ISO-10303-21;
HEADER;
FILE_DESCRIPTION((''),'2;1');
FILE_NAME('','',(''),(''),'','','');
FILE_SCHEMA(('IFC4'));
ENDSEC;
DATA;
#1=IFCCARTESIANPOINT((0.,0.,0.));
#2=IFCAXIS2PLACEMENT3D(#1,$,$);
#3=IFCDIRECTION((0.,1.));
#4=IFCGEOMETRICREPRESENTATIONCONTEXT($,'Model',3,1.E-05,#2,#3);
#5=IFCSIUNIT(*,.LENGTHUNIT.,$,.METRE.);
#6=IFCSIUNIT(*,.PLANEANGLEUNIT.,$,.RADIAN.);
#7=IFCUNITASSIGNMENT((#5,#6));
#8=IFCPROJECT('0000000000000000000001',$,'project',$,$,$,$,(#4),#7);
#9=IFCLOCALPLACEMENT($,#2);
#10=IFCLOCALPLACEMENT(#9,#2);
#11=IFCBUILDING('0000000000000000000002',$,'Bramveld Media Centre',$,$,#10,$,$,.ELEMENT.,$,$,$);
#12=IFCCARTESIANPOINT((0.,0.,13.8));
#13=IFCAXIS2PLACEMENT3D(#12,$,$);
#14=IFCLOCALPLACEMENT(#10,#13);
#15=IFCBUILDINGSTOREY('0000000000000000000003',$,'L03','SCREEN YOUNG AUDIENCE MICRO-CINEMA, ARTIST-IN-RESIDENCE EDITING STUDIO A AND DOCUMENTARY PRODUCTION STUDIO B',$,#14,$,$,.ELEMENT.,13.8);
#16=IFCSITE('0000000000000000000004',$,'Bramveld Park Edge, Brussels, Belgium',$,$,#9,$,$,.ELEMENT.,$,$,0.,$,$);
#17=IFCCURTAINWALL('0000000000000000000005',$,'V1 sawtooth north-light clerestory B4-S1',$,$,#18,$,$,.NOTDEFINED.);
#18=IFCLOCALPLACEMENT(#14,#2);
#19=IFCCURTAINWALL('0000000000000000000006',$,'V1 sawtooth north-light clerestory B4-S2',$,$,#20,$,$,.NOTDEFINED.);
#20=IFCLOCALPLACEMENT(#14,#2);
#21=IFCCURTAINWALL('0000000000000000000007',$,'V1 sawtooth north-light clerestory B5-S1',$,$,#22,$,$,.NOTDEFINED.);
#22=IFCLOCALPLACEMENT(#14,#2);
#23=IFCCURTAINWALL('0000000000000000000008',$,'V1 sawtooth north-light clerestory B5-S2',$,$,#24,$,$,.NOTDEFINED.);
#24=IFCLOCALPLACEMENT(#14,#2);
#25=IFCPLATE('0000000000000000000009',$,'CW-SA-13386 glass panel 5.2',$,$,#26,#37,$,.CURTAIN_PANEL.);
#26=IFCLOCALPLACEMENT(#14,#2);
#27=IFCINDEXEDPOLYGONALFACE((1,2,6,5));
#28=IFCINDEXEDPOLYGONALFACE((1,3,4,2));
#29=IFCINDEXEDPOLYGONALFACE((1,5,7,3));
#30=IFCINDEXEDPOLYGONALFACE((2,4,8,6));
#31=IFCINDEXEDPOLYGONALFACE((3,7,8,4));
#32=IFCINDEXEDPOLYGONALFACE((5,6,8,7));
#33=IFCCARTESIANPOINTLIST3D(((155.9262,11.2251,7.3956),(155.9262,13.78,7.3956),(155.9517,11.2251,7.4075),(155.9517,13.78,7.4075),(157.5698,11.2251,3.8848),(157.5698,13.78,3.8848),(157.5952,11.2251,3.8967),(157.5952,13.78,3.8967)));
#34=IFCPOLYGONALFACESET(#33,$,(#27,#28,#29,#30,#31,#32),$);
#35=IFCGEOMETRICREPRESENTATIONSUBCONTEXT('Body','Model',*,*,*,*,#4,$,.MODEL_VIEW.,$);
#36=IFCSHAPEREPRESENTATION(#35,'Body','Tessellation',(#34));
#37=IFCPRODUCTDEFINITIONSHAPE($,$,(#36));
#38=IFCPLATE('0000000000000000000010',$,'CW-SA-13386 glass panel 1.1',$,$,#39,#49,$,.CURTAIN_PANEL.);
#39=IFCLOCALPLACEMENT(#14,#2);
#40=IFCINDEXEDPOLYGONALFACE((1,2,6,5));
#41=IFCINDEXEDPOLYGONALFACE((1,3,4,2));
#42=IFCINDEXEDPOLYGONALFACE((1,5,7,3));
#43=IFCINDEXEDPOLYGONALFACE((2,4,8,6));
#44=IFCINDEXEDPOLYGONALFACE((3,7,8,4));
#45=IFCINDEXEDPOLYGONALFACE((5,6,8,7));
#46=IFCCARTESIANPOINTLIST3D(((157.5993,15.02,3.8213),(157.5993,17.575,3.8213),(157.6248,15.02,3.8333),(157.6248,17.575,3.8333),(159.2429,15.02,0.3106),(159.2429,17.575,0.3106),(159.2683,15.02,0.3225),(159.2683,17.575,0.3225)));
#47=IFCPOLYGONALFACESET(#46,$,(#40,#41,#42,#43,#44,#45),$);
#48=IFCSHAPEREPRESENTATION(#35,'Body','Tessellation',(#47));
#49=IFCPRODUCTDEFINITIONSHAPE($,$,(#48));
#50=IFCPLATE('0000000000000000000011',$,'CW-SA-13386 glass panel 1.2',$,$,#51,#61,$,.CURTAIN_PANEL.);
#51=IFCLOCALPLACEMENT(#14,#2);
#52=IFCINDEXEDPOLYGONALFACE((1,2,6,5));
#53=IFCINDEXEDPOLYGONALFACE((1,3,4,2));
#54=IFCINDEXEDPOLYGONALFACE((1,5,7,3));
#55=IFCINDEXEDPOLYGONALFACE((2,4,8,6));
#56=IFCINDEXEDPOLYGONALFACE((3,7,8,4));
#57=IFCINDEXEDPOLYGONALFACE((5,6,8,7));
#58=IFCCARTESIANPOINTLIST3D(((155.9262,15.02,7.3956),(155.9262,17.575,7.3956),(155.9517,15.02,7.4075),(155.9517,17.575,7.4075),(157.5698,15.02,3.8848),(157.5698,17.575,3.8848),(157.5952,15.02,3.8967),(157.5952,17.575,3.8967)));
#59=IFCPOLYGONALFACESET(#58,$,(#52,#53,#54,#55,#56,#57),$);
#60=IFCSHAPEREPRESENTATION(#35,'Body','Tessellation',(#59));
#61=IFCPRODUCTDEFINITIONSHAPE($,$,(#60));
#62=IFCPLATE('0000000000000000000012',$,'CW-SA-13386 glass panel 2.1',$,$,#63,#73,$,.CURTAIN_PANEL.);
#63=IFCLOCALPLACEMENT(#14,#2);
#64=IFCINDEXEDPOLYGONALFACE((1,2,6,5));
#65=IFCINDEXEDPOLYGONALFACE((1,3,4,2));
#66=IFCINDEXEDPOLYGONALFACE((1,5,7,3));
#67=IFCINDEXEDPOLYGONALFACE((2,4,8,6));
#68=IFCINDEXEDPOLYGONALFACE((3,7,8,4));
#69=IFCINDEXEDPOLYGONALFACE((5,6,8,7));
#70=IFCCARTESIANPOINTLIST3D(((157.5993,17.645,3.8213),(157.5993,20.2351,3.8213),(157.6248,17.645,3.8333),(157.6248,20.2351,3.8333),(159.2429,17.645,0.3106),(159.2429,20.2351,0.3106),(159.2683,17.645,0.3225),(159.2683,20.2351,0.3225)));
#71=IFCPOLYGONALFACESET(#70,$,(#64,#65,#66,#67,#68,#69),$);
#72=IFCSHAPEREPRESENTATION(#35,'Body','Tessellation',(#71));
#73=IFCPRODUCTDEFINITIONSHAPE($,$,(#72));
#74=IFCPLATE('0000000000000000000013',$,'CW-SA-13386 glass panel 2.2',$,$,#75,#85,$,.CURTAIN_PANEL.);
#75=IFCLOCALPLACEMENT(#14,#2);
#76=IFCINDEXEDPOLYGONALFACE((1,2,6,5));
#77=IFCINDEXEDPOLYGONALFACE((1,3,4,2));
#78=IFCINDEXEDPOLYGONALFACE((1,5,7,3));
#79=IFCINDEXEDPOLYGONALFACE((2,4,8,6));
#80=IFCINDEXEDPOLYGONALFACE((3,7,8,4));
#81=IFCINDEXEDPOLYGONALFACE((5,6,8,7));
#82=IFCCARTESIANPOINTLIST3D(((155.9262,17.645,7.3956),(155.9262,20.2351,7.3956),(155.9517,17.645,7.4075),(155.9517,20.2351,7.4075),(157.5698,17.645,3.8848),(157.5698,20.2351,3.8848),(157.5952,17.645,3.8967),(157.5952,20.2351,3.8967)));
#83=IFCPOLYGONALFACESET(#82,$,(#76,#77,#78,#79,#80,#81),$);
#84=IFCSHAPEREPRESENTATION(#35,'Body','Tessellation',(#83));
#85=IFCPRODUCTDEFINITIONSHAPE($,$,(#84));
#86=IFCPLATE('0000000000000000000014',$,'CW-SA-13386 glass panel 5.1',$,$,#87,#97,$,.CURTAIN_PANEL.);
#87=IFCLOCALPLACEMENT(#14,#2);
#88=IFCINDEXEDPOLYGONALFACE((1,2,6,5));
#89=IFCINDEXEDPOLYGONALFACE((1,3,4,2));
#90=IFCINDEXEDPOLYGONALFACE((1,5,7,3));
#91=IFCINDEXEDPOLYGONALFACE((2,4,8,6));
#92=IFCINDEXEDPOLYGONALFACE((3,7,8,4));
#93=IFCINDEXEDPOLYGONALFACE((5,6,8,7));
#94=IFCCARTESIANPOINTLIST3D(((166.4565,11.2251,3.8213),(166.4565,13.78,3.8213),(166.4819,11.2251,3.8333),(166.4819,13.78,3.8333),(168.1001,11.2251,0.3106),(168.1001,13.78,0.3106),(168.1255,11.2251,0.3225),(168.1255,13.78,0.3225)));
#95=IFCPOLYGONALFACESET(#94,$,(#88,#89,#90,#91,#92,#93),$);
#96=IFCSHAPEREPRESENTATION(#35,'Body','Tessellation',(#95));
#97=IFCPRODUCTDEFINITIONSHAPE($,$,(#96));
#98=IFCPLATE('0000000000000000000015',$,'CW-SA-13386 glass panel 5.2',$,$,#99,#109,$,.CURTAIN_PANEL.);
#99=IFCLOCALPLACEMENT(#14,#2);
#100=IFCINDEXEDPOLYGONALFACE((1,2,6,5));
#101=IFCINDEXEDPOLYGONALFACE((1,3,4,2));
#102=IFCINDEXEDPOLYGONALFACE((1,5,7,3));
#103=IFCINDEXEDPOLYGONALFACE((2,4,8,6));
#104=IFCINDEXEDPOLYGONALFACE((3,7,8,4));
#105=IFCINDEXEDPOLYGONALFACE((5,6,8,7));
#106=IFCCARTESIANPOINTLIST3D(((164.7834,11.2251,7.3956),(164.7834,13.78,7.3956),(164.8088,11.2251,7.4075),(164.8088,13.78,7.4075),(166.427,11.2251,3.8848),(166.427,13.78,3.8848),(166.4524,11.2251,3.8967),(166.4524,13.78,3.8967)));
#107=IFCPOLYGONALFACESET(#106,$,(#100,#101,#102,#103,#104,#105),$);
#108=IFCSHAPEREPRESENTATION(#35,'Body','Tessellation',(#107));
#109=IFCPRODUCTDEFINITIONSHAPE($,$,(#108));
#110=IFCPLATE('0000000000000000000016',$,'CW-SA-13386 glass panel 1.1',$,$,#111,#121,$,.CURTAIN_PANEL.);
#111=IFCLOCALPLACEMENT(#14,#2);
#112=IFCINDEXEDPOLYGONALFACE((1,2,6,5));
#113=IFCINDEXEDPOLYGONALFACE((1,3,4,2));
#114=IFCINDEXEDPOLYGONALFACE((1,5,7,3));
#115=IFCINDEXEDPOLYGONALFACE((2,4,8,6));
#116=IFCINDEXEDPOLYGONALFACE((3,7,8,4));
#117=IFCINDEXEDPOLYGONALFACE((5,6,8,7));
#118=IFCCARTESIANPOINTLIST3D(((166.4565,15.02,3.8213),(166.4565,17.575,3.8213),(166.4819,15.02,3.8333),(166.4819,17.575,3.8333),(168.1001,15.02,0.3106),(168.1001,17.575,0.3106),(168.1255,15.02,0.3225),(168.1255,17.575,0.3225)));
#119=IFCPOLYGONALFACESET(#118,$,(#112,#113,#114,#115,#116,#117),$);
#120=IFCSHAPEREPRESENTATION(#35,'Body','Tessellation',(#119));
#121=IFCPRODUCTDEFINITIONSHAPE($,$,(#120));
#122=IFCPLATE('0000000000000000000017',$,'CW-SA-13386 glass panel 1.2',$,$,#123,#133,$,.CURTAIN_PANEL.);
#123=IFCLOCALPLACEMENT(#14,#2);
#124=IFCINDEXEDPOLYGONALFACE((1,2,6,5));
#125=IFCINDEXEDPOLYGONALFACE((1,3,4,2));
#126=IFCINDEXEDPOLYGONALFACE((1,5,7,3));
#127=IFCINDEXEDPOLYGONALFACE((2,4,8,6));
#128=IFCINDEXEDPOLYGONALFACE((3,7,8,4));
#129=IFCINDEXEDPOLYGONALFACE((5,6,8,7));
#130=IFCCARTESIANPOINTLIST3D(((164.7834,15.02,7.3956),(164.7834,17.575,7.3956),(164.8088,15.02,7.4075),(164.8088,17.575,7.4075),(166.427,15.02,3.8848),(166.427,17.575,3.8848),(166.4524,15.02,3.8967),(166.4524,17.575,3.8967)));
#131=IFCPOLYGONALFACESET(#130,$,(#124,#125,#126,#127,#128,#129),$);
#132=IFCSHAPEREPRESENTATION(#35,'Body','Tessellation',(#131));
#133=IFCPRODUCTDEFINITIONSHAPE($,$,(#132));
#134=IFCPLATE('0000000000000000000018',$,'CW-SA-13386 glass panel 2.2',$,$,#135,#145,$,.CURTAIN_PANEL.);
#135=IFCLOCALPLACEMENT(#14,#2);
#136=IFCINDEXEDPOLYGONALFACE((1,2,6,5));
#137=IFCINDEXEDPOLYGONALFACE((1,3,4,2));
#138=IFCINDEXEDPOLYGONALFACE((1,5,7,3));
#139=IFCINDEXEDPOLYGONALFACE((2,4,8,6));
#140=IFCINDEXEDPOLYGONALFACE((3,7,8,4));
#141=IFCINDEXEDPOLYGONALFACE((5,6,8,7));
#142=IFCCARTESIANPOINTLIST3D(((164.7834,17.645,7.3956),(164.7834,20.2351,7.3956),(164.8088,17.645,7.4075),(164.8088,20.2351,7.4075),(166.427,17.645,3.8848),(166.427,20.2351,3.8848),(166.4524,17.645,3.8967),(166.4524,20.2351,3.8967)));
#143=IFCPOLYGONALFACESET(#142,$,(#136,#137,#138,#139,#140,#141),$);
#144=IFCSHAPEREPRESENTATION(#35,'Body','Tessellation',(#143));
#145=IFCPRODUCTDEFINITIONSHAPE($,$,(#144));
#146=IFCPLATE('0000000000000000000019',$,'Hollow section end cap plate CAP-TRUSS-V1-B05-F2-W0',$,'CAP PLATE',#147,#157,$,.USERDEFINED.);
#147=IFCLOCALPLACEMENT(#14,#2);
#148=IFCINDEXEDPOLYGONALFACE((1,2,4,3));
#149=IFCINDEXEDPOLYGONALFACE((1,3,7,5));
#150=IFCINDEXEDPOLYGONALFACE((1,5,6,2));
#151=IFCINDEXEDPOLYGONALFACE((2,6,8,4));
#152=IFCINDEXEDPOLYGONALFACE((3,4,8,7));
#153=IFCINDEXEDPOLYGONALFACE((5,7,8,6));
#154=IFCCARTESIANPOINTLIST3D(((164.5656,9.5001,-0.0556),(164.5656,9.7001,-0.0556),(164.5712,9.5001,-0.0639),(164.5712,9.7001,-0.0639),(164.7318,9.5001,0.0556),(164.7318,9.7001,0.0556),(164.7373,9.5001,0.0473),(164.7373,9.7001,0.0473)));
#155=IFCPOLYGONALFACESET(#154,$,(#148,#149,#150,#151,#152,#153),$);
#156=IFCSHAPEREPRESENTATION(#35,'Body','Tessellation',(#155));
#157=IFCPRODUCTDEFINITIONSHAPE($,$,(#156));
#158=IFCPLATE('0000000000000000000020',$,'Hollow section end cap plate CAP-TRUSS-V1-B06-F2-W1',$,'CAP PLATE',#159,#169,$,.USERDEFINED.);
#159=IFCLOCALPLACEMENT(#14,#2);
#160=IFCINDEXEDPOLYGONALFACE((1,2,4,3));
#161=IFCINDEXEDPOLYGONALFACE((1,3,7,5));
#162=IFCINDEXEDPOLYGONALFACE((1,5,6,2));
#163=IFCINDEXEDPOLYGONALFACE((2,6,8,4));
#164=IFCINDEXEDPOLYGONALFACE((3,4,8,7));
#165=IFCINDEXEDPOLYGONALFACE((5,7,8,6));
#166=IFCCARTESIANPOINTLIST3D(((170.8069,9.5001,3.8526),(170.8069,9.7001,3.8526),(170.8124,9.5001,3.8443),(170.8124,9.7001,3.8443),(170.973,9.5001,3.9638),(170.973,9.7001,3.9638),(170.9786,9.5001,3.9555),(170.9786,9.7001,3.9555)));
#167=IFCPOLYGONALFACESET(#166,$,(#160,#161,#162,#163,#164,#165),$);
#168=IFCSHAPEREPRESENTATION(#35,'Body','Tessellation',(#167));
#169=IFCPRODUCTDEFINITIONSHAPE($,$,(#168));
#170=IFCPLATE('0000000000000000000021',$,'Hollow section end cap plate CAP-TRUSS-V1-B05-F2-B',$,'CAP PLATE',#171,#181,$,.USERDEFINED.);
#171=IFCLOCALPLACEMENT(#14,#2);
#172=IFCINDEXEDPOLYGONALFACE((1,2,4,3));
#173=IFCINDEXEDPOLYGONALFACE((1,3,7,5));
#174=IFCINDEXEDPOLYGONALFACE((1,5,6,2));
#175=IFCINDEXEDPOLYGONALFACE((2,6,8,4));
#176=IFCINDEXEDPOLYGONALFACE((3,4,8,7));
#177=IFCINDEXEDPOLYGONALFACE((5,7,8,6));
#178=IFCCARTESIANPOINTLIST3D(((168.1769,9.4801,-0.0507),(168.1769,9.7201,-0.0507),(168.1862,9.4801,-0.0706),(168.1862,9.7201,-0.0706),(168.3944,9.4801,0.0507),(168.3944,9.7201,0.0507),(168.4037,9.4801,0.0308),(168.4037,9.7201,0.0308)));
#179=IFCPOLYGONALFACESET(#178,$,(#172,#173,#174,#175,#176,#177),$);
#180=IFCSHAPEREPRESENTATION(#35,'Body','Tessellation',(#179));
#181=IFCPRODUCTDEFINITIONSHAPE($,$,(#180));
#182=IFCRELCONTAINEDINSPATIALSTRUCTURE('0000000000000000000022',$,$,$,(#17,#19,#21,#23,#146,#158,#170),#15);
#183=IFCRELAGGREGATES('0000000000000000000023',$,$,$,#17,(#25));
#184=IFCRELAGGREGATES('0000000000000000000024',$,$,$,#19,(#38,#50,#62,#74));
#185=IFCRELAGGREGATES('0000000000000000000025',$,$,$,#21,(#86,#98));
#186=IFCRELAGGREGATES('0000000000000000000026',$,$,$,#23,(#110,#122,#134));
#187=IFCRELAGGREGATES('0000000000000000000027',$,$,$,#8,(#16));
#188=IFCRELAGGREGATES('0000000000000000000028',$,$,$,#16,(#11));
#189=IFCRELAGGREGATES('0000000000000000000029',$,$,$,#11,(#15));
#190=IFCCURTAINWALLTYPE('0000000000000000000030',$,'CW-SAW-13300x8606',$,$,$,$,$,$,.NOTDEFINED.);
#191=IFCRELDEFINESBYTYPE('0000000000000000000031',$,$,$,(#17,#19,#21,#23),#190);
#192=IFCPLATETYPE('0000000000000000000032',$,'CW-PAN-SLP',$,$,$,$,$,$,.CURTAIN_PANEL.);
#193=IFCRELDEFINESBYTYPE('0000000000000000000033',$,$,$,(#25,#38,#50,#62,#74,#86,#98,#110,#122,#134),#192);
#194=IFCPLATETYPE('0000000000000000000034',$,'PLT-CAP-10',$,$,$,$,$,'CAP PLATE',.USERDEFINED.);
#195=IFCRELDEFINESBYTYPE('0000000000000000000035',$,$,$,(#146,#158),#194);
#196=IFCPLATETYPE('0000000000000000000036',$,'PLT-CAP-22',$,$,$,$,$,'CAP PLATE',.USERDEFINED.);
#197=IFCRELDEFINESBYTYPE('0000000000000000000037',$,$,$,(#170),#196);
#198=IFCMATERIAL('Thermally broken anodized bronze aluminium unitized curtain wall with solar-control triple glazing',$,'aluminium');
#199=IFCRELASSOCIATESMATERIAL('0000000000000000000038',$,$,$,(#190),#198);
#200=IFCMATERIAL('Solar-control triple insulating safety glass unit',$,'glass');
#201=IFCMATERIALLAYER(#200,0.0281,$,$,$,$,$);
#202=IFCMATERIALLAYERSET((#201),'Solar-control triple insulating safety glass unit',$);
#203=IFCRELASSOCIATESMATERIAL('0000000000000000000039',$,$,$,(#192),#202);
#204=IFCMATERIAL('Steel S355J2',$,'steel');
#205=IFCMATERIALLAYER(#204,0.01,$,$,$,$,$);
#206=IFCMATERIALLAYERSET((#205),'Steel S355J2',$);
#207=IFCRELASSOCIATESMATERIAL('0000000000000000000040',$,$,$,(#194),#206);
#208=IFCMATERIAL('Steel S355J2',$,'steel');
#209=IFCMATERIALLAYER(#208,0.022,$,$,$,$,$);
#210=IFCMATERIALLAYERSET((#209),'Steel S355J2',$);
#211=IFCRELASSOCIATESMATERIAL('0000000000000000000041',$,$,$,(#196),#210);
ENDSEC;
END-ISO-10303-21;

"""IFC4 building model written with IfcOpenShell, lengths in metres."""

from ifc_helpers import new_model, si_unit, direction, frame, origin, origin_2d, place, context, subcontext, project, spatial, polyline, rectangle, outline, extrude, material, layer, layer_set, type_object, element, aggregate, save


model = new_model("IFC4")

# Units and contexts
model_context = context("Model", 3, precision=1e-05, world=origin(), true_north=direction((0.0, 1.0)))
body_context = subcontext(model_context, "Body", "Model", "MODEL_VIEW")
ifc_project = project(units=[si_unit("LENGTHUNIT", "METRE"), si_unit("PLANEANGLEUNIT", "RADIAN")], contexts=[model_context])

# Site, building, storey
site_placement = place(None, origin())
site = spatial("IfcSite", under=ifc_project, at=site_placement, Name="Bramveld Park Edge, Brussels, Belgium", CompositionType="ELEMENT", RefElevation=0.0)
building_placement = place(site_placement, origin())
building = spatial("IfcBuilding", under=site, at=building_placement, Name="Bramveld Media Centre", CompositionType="ELEMENT")
storey_placement = place(building_placement, frame((0.0, 0.0, 13.8)))
storey = spatial("IfcBuildingStorey", under=building, at=storey_placement, Name="L03", Description="SCREEN YOUNG AUDIENCE MICRO-CINEMA, ARTIST-IN-RESIDENCE EDITING STUDIO A AND DOCUMENTARY PRODUCTION STUDIO B", CompositionType="ELEMENT", Elevation=13.8)

# Curtain walls
ifc_material_1 = material(Name="Thermally broken anodized bronze aluminium unitized curtain wall with solar-control triple glazing", Category="aluminium")
curtain_wall_type = type_object("IfcCurtainWallType", Name="CW-SAW-13300x8606", PredefinedType="NOTDEFINED", material=ifc_material_1)
curtain_wall_1_placement = place(storey_placement, origin())
curtain_wall_1 = element("IfcCurtainWall", 1, at=curtain_wall_1_placement, inside=storey, type_object=curtain_wall_type, Name="V1 sawtooth north-light clerestory B4-S1", PredefinedType="NOTDEFINED")
curtain_wall_2_placement = place(storey_placement, origin())
curtain_wall_2 = element("IfcCurtainWall", 2, at=curtain_wall_2_placement, inside=storey, type_object=curtain_wall_type, Name="V1 sawtooth north-light clerestory B4-S2", PredefinedType="NOTDEFINED")
curtain_wall_3_placement = place(storey_placement, origin())
curtain_wall_3 = element("IfcCurtainWall", 3, at=curtain_wall_3_placement, inside=storey, type_object=curtain_wall_type, Name="V1 sawtooth north-light clerestory B5-S1", PredefinedType="NOTDEFINED")
curtain_wall_4_placement = place(storey_placement, origin())
curtain_wall_4 = element("IfcCurtainWall", 4, at=curtain_wall_4_placement, inside=storey, type_object=curtain_wall_type, Name="V1 sawtooth north-light clerestory B5-S2", PredefinedType="NOTDEFINED")

# Plates
ifc_material_2 = material(Name="Solar-control triple insulating safety glass unit", Category="glass")
ifc_layer_1 = layer(ifc_material_2, 0.0281)
ifc_layer_set_1 = layer_set([ifc_layer_1], Name="Solar-control triple insulating safety glass unit")
plate_type_1 = type_object("IfcPlateType", Name="CW-PAN-SLP", PredefinedType="CURTAIN_PANEL", material=ifc_layer_set_1)
plate_1_placement = place(storey_placement, frame((157.5952, 11.2251, 3.8967), z_axis=(0.905668, 0.0, 0.423988), x_axis=(0.0, 1.0, 0.0)))
plate_1 = element("IfcPlate", 5, at=plate_1_placement, type_object=plate_type_1, Name="CW-SA-13386 glass panel 5.2", PredefinedType="CURTAIN_PANEL", context=body_context, shape_type="SweptSolid", body=[
    extrude(outline(polyline([(0.0, 0.0), (2.5549, 0.0), (2.5549, 3.8764), (0.0, 3.8764), (0.0, 0.0)])), origin(), (0.0, 0.0, -1.0), 0.0281),
])
aggregate(curtain_wall_1, [plate_1])
plate_2_placement = place(storey_placement, frame((159.2683, 15.02, 0.3225), z_axis=(0.905668, 0.0, 0.423988), x_axis=(0.0, 1.0, 0.0)))
plate_2 = element("IfcPlate", 6, at=plate_2_placement, type_object=plate_type_1, Name="CW-SA-13386 glass panel 1.1", PredefinedType="CURTAIN_PANEL", context=body_context, shape_type="SweptSolid", body=[
    extrude(outline(polyline([(0.0, 0.0), (2.5549, 0.0), (2.5549, 3.8764), (0.0, 3.8764), (0.0, 0.0)])), origin(), (0.0, 0.0, -1.0), 0.0281),
])
plate_3_placement = place(storey_placement, frame((157.5952, 15.02, 3.8967), z_axis=(0.905668, 0.0, 0.423988), x_axis=(0.0, 1.0, 0.0)))
plate_3 = element("IfcPlate", 7, at=plate_3_placement, type_object=plate_type_1, Name="CW-SA-13386 glass panel 1.2", PredefinedType="CURTAIN_PANEL", context=body_context, shape_type="SweptSolid", body=[
    extrude(outline(polyline([(0.0, 0.0), (2.5549, 0.0), (2.5549, 3.8764), (0.0, 3.8764), (0.0, 0.0)])), origin(), (0.0, 0.0, -1.0), 0.0281),
])
plate_4_placement = place(storey_placement, frame((159.2683, 17.645, 0.3225), z_axis=(0.905668, 0.0, 0.423988), x_axis=(0.0, 1.0, 0.0)))
plate_4 = element("IfcPlate", 8, at=plate_4_placement, type_object=plate_type_1, Name="CW-SA-13386 glass panel 2.1", PredefinedType="CURTAIN_PANEL", context=body_context, shape_type="SweptSolid", body=[
    extrude(outline(polyline([(0.0, 0.0), (2.5901, 0.0), (2.5901, 3.8764), (0.0, 3.8764), (0.0, 0.0)])), origin(), (0.0, 0.0, -1.0), 0.0281),
])
plate_5_placement = place(storey_placement, frame((157.5952, 17.645, 3.8967), z_axis=(0.905668, 0.0, 0.423988), x_axis=(0.0, 1.0, 0.0)))
plate_5 = element("IfcPlate", 9, at=plate_5_placement, type_object=plate_type_1, Name="CW-SA-13386 glass panel 2.2", PredefinedType="CURTAIN_PANEL", context=body_context, shape_type="SweptSolid", body=[
    extrude(outline(polyline([(0.0, 0.0), (2.5901, 0.0), (2.5901, 3.8764), (0.0, 3.8764), (0.0, 0.0)])), origin(), (0.0, 0.0, -1.0), 0.0281),
])
aggregate(curtain_wall_2, [plate_2, plate_3, plate_4, plate_5])
plate_6_placement = place(storey_placement, frame((168.1255, 11.2251, 0.3225), z_axis=(0.905668, 0.0, 0.423988), x_axis=(0.0, 1.0, 0.0)))
plate_6 = element("IfcPlate", 10, at=plate_6_placement, type_object=plate_type_1, Name="CW-SA-13386 glass panel 5.1", PredefinedType="CURTAIN_PANEL", context=body_context, shape_type="SweptSolid", body=[
    extrude(outline(polyline([(0.0, 0.0), (2.5549, 0.0), (2.5549, 3.8764), (0.0, 3.8764), (0.0, 0.0)])), origin(), (0.0, 0.0, -1.0), 0.0281),
])
plate_7_placement = place(storey_placement, frame((166.4524, 11.2251, 3.8967), z_axis=(0.905668, 0.0, 0.423988), x_axis=(0.0, 1.0, 0.0)))
plate_7 = element("IfcPlate", 11, at=plate_7_placement, type_object=plate_type_1, Name="CW-SA-13386 glass panel 5.2", PredefinedType="CURTAIN_PANEL", context=body_context, shape_type="SweptSolid", body=[
    extrude(outline(polyline([(0.0, 0.0), (2.5549, 0.0), (2.5549, 3.8764), (0.0, 3.8764), (0.0, 0.0)])), origin(), (0.0, 0.0, -1.0), 0.0281),
])
aggregate(curtain_wall_3, [plate_6, plate_7])
plate_8_placement = place(storey_placement, frame((168.1255, 15.02, 0.3225), z_axis=(0.905668, 0.0, 0.423988), x_axis=(0.0, 1.0, 0.0)))
plate_8 = element("IfcPlate", 12, at=plate_8_placement, type_object=plate_type_1, Name="CW-SA-13386 glass panel 1.1", PredefinedType="CURTAIN_PANEL", context=body_context, shape_type="SweptSolid", body=[
    extrude(outline(polyline([(0.0, 0.0), (2.5549, 0.0), (2.5549, 3.8764), (0.0, 3.8764), (0.0, 0.0)])), origin(), (0.0, 0.0, -1.0), 0.0281),
])
plate_9_placement = place(storey_placement, frame((166.4524, 15.02, 3.8967), z_axis=(0.905668, 0.0, 0.423988), x_axis=(0.0, 1.0, 0.0)))
plate_9 = element("IfcPlate", 13, at=plate_9_placement, type_object=plate_type_1, Name="CW-SA-13386 glass panel 1.2", PredefinedType="CURTAIN_PANEL", context=body_context, shape_type="SweptSolid", body=[
    extrude(outline(polyline([(0.0, 0.0), (2.5549, 0.0), (2.5549, 3.8764), (0.0, 3.8764), (0.0, 0.0)])), origin(), (0.0, 0.0, -1.0), 0.0281),
])
plate_10_placement = place(storey_placement, frame((166.4524, 17.645, 3.8967), z_axis=(0.905668, 0.0, 0.423988), x_axis=(0.0, 1.0, 0.0)))
plate_10 = element("IfcPlate", 14, at=plate_10_placement, type_object=plate_type_1, Name="CW-SA-13386 glass panel 2.2", PredefinedType="CURTAIN_PANEL", context=body_context, shape_type="SweptSolid", body=[
    extrude(outline(polyline([(0.0, 0.0), (2.5901, 0.0), (2.5901, 3.8764), (0.0, 3.8764), (0.0, 0.0)])), origin(), (0.0, 0.0, -1.0), 0.0281),
])
aggregate(curtain_wall_4, [plate_8, plate_9, plate_10])

# Plates
ifc_material_3 = material(Name="Steel S355J2", Category="steel")
ifc_layer_2 = layer(ifc_material_3, 0.01)
ifc_layer_set_2 = layer_set([ifc_layer_2], Name="Steel S355J2")
plate_type_2 = type_object("IfcPlateType", Name="PLT-CAP-10", ElementType="CAP PLATE", PredefinedType="USERDEFINED", material=ifc_layer_set_2)
for number, where, z_axis, x_axis, name in (
    (15, (164.6487, 9.6001, 0.0), (0.556175, 0.0, -0.831065), (0.0, 1.0, 0.0), "Hollow section end cap plate CAP-TRUSS-V1-B05-F2-W0"),
    (16, (170.8955, 9.6001, 3.8999), (-0.556175, 0.0, 0.831065), (0.0, -1.0, 0.0), "Hollow section end cap plate CAP-TRUSS-V1-B06-F2-W1"),
):
    element("IfcPlate", number, at=place(storey_placement, frame(where, z_axis=z_axis, x_axis=x_axis)), inside=storey, type_object=plate_type_2, Name=name, ObjectType="CAP PLATE", PredefinedType="USERDEFINED", context=body_context, shape_type="SweptSolid", body=[
        extrude(rectangle(XDim=0.2, YDim=0.2, at=origin_2d()), origin(), (0.0, 0.0, 1.0), 0.01),
    ])
ifc_material_4 = material(Name="Steel S355J2", Category="steel")
ifc_layer_3 = layer(ifc_material_4, 0.022)
ifc_layer_set_3 = layer_set([ifc_layer_3], Name="Steel S355J2")
plate_type_3 = type_object("IfcPlateType", Name="PLT-CAP-22", ElementType="CAP PLATE", PredefinedType="USERDEFINED", material=ifc_layer_set_3)
plate_11_placement = place(storey_placement, frame((168.2856, 9.6001, 0.0), z_axis=(0.422618, 0.0, -0.906308), x_axis=(0.0, 1.0, 0.0)))
element("IfcPlate", 17, at=plate_11_placement, inside=storey, type_object=plate_type_3, Name="Hollow section end cap plate CAP-TRUSS-V1-B05-F2-B", ObjectType="CAP PLATE", PredefinedType="USERDEFINED", context=body_context, shape_type="SweptSolid", body=[
    extrude(rectangle(XDim=0.24, YDim=0.24, at=origin_2d()), origin(), (0.0, 0.0, 1.0), 0.022),
])

save(model, "model.ifc")
